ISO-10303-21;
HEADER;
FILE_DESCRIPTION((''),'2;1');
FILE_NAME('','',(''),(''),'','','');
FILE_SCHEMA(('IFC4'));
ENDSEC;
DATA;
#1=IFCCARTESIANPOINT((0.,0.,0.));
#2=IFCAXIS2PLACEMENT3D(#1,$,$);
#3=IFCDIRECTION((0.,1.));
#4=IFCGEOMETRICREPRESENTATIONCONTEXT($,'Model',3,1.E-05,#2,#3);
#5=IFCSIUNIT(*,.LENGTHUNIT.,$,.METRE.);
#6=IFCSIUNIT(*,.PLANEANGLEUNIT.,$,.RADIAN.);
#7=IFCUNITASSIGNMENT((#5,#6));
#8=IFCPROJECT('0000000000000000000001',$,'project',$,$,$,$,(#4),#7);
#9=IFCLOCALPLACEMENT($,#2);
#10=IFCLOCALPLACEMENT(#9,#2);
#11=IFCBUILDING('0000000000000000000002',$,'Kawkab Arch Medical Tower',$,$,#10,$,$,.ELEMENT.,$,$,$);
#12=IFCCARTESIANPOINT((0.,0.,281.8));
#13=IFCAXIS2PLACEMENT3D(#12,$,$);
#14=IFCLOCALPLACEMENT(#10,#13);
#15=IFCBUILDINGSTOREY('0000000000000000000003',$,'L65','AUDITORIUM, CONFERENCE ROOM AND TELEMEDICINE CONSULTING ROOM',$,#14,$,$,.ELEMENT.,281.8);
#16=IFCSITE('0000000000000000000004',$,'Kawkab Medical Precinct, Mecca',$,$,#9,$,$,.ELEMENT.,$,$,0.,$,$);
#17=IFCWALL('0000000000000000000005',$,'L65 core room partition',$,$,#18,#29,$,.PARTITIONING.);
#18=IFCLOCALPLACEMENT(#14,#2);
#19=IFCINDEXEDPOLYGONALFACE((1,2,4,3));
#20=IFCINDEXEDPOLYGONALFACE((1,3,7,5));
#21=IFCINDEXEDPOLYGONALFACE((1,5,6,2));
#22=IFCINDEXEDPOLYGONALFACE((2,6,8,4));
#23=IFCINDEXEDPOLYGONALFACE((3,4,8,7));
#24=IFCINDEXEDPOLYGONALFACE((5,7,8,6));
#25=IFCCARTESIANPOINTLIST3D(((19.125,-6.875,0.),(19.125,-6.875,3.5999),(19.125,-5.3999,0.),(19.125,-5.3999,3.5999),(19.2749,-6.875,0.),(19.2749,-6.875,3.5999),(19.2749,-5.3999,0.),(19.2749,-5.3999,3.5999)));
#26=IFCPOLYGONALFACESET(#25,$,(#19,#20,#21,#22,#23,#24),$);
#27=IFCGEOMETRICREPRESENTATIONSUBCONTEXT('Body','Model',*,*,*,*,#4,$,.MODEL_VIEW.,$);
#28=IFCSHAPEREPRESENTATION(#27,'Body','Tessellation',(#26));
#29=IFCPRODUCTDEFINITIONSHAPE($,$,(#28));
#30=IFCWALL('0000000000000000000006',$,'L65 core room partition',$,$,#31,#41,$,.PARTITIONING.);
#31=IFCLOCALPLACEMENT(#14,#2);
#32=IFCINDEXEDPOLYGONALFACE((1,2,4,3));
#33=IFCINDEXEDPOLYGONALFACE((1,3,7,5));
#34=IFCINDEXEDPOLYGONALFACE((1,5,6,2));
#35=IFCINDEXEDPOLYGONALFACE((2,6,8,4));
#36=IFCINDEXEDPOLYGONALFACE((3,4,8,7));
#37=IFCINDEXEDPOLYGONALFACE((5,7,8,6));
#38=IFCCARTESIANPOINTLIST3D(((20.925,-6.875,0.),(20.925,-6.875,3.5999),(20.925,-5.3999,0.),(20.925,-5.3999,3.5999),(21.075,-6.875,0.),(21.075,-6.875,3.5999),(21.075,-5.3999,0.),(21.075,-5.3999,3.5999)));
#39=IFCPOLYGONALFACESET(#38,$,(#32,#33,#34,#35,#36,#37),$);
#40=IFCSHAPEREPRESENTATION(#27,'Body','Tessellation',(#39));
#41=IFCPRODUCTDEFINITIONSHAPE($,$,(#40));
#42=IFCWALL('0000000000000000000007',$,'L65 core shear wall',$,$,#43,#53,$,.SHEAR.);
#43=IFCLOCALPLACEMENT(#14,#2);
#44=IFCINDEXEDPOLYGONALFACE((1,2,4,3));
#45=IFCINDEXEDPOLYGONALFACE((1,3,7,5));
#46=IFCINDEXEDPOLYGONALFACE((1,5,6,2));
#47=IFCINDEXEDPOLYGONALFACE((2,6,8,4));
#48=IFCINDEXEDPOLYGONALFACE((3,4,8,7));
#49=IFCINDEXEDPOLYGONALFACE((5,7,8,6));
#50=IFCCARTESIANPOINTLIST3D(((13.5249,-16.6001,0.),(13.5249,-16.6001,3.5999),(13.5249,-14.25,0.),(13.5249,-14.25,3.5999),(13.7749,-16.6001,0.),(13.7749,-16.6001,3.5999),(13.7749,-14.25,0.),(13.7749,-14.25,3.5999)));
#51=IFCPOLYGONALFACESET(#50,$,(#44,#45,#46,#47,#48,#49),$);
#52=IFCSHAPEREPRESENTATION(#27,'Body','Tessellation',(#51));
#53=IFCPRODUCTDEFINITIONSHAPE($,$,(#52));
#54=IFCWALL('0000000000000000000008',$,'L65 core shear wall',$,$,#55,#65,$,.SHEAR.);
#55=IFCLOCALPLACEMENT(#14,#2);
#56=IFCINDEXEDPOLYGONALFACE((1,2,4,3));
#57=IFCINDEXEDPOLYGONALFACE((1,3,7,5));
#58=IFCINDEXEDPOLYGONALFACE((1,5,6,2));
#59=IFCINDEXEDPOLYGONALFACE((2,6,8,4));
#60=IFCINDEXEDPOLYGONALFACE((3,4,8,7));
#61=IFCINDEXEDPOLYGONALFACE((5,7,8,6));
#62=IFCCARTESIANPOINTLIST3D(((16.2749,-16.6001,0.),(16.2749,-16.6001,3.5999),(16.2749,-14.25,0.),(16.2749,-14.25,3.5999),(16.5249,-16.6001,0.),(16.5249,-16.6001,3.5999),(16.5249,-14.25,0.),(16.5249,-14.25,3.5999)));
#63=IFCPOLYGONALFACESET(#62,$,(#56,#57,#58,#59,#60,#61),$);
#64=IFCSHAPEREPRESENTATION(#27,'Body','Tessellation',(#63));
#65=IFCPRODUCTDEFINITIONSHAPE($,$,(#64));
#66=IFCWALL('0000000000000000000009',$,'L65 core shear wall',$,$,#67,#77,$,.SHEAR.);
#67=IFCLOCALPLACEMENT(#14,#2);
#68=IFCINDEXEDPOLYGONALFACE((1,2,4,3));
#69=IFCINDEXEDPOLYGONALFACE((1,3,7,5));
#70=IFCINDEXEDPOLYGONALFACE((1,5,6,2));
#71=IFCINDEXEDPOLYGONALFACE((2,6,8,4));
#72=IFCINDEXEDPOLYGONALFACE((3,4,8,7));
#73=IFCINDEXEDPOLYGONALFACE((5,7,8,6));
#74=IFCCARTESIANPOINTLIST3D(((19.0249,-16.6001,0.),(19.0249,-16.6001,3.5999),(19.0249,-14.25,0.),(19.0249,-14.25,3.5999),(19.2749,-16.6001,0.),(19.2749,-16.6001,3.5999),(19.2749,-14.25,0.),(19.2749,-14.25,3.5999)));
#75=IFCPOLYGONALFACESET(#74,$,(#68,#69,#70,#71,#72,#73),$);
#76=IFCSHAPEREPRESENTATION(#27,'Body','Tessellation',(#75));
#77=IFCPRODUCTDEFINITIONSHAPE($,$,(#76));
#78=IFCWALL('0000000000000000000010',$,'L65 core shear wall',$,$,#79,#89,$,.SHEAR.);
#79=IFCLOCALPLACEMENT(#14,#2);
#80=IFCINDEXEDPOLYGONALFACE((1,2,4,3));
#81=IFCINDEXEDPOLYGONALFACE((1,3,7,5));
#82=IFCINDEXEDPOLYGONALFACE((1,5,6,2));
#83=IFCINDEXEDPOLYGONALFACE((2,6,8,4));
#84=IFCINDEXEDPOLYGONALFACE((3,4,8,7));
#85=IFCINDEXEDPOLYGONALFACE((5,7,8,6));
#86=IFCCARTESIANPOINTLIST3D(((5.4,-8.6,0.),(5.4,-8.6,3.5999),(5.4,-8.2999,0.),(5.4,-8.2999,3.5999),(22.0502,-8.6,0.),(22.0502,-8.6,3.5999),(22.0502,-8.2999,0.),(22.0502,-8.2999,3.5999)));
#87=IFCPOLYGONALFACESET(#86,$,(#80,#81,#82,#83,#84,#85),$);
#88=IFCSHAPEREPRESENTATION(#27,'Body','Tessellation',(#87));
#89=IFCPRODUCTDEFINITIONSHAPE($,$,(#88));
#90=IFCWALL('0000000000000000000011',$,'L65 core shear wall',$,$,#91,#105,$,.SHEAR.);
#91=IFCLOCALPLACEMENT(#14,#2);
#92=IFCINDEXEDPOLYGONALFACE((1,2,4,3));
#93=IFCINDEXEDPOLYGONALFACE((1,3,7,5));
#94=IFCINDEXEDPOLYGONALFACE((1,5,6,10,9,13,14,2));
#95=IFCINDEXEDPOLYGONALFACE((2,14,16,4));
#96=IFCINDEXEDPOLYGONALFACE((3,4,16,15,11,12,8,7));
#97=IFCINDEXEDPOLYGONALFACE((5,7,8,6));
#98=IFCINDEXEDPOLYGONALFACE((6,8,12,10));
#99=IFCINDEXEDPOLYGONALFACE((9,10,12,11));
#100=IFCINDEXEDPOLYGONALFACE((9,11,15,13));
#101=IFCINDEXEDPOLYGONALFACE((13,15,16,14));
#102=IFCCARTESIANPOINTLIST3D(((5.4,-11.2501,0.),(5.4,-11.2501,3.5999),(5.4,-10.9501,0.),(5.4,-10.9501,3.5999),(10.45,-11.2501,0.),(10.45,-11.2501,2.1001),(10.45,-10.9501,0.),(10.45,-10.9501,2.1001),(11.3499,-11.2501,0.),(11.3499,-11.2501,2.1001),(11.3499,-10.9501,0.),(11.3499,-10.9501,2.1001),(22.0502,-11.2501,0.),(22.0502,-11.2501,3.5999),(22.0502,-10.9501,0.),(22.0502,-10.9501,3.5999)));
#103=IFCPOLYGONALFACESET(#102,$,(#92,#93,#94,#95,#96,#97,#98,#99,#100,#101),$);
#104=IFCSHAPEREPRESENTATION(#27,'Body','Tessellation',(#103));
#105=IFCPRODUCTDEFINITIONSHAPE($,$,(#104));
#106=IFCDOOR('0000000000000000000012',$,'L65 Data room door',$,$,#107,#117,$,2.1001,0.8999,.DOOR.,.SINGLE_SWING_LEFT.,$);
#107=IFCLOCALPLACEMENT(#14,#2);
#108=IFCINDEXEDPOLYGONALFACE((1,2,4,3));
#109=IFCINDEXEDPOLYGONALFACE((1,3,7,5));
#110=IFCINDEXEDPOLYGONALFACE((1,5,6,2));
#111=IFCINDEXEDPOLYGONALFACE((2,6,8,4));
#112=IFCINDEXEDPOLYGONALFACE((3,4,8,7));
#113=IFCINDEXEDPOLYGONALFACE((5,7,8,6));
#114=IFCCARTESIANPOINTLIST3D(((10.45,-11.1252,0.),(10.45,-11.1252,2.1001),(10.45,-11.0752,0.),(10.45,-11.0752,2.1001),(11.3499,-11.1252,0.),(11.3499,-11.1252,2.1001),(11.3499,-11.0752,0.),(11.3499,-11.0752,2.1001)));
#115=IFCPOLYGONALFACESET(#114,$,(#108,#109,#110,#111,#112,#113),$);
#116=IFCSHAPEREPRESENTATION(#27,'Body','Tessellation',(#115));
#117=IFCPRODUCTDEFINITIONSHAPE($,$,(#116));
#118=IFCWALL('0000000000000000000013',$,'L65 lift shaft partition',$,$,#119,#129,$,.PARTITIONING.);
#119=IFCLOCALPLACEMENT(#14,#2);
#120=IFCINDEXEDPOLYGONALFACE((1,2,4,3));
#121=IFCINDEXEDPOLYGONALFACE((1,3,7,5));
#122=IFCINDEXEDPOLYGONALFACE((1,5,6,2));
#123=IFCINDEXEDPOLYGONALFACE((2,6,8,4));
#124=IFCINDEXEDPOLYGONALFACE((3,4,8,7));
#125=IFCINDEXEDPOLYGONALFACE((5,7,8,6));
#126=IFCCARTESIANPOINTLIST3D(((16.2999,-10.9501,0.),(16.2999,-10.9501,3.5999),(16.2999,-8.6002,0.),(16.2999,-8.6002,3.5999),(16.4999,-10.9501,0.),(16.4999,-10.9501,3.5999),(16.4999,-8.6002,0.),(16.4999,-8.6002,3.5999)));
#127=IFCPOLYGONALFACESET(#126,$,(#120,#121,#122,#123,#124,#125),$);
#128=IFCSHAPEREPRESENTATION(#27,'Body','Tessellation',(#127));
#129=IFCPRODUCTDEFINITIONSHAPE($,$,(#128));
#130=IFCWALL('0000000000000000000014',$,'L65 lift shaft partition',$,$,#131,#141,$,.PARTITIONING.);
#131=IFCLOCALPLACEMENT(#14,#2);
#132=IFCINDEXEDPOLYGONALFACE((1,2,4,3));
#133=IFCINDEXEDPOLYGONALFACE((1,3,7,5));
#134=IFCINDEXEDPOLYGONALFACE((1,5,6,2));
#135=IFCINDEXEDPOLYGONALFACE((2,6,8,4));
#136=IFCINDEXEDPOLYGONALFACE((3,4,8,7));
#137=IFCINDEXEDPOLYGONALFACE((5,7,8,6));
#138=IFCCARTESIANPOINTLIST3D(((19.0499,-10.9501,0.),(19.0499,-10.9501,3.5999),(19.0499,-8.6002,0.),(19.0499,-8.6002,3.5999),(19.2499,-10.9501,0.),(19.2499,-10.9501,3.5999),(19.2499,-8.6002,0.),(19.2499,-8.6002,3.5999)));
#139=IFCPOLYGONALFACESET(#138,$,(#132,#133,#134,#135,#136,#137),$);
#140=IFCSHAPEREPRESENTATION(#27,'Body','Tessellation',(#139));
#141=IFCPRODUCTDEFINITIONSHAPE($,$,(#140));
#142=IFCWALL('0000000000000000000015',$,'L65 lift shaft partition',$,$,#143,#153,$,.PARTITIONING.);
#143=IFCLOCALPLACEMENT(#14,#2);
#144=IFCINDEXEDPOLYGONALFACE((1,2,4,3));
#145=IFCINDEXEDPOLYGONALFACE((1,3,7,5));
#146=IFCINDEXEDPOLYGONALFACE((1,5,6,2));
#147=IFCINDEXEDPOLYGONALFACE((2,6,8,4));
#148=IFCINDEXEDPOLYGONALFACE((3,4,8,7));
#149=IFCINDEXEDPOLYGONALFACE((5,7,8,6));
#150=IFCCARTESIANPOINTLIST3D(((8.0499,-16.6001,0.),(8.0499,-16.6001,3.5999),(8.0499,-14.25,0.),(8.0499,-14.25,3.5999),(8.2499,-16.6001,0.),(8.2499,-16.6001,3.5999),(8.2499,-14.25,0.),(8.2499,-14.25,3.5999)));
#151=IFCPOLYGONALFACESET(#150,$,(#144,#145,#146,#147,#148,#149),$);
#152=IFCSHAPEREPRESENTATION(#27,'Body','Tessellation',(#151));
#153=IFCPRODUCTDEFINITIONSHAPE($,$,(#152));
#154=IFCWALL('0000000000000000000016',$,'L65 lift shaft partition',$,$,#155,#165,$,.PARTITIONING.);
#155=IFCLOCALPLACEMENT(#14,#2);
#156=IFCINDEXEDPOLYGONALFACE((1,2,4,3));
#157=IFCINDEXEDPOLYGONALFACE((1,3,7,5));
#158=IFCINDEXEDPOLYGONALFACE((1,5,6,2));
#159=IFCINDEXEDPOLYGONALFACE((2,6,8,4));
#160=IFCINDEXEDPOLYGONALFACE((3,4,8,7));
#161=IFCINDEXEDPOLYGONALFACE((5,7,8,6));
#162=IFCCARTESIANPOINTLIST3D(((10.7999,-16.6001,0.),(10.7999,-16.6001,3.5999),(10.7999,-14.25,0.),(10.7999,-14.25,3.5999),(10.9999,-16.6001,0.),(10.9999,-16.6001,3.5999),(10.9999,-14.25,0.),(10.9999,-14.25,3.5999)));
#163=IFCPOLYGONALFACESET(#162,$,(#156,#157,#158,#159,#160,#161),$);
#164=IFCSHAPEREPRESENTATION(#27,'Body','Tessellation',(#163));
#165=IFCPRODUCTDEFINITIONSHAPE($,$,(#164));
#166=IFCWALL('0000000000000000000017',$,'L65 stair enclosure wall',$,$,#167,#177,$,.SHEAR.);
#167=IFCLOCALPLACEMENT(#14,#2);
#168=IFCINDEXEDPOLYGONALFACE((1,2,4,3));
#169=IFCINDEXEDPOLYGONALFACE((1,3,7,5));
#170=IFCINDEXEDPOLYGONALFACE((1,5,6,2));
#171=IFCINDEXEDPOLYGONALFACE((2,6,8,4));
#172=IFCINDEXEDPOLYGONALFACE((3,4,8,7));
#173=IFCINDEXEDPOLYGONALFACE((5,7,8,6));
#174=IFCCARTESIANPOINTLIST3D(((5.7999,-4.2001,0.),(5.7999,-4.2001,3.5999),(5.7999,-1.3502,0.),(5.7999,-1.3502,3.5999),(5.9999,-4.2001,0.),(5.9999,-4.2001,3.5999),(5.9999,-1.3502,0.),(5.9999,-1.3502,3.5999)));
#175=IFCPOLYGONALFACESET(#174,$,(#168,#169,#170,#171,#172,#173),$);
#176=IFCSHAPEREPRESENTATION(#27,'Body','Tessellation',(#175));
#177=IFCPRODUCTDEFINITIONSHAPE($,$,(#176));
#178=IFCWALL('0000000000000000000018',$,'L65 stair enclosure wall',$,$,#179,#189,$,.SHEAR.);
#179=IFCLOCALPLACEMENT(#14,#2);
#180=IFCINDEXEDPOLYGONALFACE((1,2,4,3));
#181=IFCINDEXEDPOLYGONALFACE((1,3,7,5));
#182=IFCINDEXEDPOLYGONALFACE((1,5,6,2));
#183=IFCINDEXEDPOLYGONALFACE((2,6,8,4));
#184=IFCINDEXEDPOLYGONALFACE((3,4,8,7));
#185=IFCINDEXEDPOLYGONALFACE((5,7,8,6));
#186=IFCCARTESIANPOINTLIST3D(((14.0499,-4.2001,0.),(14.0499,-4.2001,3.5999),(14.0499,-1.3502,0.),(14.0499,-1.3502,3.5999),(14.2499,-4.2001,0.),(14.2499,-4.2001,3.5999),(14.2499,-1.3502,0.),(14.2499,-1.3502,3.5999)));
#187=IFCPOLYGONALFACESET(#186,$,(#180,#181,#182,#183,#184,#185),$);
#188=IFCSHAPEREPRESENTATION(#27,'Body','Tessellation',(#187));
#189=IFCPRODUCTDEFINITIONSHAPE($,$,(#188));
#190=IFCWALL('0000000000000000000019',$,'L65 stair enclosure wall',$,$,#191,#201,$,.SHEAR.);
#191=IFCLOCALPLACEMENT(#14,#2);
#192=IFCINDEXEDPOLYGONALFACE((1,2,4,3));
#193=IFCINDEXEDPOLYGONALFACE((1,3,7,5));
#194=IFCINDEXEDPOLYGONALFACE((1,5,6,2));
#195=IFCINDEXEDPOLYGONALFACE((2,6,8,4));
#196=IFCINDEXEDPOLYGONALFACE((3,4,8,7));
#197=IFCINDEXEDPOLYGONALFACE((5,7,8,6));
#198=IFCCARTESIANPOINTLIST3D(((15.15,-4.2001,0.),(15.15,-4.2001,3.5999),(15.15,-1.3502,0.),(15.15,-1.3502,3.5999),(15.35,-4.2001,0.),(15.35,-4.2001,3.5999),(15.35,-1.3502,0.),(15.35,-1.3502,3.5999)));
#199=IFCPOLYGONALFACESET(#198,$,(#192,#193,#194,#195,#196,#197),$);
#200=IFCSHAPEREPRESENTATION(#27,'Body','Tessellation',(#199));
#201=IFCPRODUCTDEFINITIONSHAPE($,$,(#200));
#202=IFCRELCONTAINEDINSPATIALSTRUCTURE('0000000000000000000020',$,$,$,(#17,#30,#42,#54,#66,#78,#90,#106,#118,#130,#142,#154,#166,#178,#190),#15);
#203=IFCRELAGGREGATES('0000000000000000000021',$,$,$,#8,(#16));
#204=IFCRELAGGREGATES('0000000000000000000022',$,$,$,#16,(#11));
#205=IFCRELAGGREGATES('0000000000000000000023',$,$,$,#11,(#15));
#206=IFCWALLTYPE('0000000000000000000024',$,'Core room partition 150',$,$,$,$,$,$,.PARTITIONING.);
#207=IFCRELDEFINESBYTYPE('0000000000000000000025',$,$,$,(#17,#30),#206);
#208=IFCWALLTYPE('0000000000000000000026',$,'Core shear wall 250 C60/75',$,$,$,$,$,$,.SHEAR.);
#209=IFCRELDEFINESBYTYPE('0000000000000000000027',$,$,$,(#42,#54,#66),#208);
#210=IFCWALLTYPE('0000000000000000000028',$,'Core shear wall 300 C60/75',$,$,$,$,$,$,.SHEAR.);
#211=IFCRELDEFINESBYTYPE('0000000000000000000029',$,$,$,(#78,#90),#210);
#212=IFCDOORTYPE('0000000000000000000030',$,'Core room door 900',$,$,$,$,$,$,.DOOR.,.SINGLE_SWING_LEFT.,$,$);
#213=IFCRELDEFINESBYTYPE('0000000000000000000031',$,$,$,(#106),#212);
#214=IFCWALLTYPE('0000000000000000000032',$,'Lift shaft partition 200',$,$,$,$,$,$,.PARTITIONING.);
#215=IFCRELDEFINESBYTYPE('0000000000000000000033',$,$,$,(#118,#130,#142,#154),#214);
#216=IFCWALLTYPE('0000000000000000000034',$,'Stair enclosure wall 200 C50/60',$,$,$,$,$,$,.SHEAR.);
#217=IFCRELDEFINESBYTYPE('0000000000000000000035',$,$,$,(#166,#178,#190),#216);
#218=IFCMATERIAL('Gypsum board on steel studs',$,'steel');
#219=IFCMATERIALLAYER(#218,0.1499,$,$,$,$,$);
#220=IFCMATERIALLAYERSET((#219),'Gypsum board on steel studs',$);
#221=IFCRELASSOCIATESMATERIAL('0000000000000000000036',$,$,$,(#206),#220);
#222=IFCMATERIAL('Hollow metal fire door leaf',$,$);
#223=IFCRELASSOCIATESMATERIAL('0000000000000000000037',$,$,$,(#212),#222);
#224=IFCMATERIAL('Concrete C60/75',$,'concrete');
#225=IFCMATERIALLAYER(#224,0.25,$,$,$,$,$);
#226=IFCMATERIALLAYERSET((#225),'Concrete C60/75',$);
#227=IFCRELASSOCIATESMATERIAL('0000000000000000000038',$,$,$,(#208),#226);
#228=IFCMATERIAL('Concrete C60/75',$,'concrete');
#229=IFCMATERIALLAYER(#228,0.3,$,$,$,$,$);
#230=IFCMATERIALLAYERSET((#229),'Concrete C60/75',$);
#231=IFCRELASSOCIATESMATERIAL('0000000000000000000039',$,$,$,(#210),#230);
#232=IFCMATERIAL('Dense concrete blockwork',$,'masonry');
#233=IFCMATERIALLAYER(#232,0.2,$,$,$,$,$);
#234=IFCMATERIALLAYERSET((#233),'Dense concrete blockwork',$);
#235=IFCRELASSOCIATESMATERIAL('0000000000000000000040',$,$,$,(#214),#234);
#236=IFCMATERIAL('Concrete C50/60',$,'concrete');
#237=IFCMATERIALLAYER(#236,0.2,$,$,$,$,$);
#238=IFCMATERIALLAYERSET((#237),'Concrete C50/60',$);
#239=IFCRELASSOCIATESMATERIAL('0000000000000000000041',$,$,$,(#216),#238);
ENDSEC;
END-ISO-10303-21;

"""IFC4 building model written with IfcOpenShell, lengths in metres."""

from ifc_helpers import new_model, si_unit, direction, frame, frame_2d, origin, place, context, subcontext, project, spatial, rectangle, extrude, material, layer, layer_set, type_object, element, fill, save


model = new_model("IFC4")

# Units and contexts
model_context = context("Model", 3, precision=1e-05, world=origin(), true_north=direction((0.0, 1.0)))
body_context = subcontext(model_context, "Body", "Model", "MODEL_VIEW")
ifc_project = project(units=[si_unit("LENGTHUNIT", "METRE"), si_unit("PLANEANGLEUNIT", "RADIAN")], contexts=[model_context])

# Site, building, storey
site_placement = place(None, origin())
site = spatial("IfcSite", under=ifc_project, at=site_placement, Name="Kawkab Medical Precinct, Mecca", CompositionType="ELEMENT", RefElevation=0.0)
building_placement = place(site_placement, origin())
building = spatial("IfcBuilding", under=site, at=building_placement, Name="Kawkab Arch Medical Tower", CompositionType="ELEMENT")
storey_placement = place(building_placement, frame((0.0, 0.0, 281.8)))
storey = spatial("IfcBuildingStorey", under=building, at=storey_placement, Name="L65", Description="AUDITORIUM, CONFERENCE ROOM AND TELEMEDICINE CONSULTING ROOM", CompositionType="ELEMENT", Elevation=281.8)

# Shared definitions
ifc_material_1 = material(Name="Gypsum board on steel studs", Category="steel")
ifc_layer_1 = layer(ifc_material_1, 0.1499)
ifc_layer_set_1 = layer_set([ifc_layer_1], Name="Gypsum board on steel studs")
wall_type_1 = type_object("IfcWallType", Name="Core room partition 150", PredefinedType="PARTITIONING", material=ifc_layer_set_1)
ifc_material_2 = material(Name="Hollow metal fire door leaf")
door_type = type_object("IfcDoorType", Name="Core room door 900", OperationType="SINGLE_SWING_LEFT", PredefinedType="DOOR", material=ifc_material_2)

# Walls
for number, where, z_axis, x_axis, name in (
    (1, (19.2, -6.875, 0.0), (0.0, 0.0, 1.0), (0.0, 1.0, 0.0), "L65 core room partition"),
    (2, (21.0, -6.875, 0.0), (0.0, 0.0, 1.0), (0.0, 1.0, 0.0), "L65 core room partition"),
):
    element("IfcWall", number, at=place(storey_placement, frame(where, z_axis=z_axis, x_axis=x_axis)), inside=storey, type_object=wall_type_1, Name=name, PredefinedType="PARTITIONING", context=body_context, shape_type="SweptSolid", body=[
        extrude(rectangle(XDim=1.4751, YDim=0.1499, at=frame_2d((0.7375, 0.0))), origin(), (0.0, 0.0, 1.0), 3.5999),
    ])
ifc_material_3 = material(Name="Concrete C60/75", Category="concrete")
ifc_layer_2 = layer(ifc_material_3, 0.25)
ifc_layer_set_2 = layer_set([ifc_layer_2], Name="Concrete C60/75")
wall_type_2 = type_object("IfcWallType", Name="Core shear wall 250 C60/75", PredefinedType="SHEAR", material=ifc_layer_set_2)
for number, where, z_axis, x_axis, name in (
    (3, (13.6499, -16.6001, 0.0), (0.0, 0.0, 1.0), (0.0, 1.0, 0.0), "L65 core shear wall"),
    (4, (16.3999, -16.6001, 0.0), (0.0, 0.0, 1.0), (0.0, 1.0, 0.0), "L65 core shear wall"),
    (5, (19.1499, -16.6001, 0.0), (0.0, 0.0, 1.0), (0.0, 1.0, 0.0), "L65 core shear wall"),
):
    element("IfcWall", number, at=place(storey_placement, frame(where, z_axis=z_axis, x_axis=x_axis)), inside=storey, type_object=wall_type_2, Name=name, PredefinedType="SHEAR", context=body_context, shape_type="SweptSolid", body=[
        extrude(rectangle(XDim=2.3501, YDim=0.25, at=frame_2d((1.175, 0.0))), origin(), (0.0, 0.0, 1.0), 3.5999),
    ])
ifc_material_4 = material(Name="Concrete C60/75", Category="concrete")
ifc_layer_3 = layer(ifc_material_4, 0.3)
ifc_layer_set_3 = layer_set([ifc_layer_3], Name="Concrete C60/75")
wall_type_3 = type_object("IfcWallType", Name="Core shear wall 300 C60/75", PredefinedType="SHEAR", material=ifc_layer_set_3)
wall_1_placement = place(storey_placement, frame((5.3999, -8.45, 0.0), z_axis=(0.0, 0.0, 1.0), x_axis=(1.0, 0.0, 0.0)))
element("IfcWall", 6, at=wall_1_placement, inside=storey, type_object=wall_type_3, Name="L65 core shear wall", PredefinedType="SHEAR", context=body_context, shape_type="SweptSolid", body=[
    extrude(rectangle(XDim=16.6501, YDim=0.3, at=frame_2d((8.3252, 0.0))), origin(), (0.0, 0.0, 1.0), 3.5999),
])

# Wall, opening, door
wall_2_placement = place(storey_placement, frame((5.3999, -11.1001, 0.0), z_axis=(0.0, 0.0, 1.0), x_axis=(1.0, 0.0, 0.0)))
wall_2 = element("IfcWall", 7, at=wall_2_placement, inside=storey, type_object=wall_type_3, Name="L65 core shear wall", PredefinedType="SHEAR", context=body_context, shape_type="SweptSolid", body=[
    extrude(rectangle(XDim=16.6501, YDim=0.3, at=frame_2d((8.3252, 0.0))), origin(), (0.0, 0.0, 1.0), 3.5999),
])
opening_1_placement = place(wall_2_placement, frame((5.05, 0.0, 0.0)))
opening_1 = element("IfcOpeningElement", 8, at=opening_1_placement, cuts=wall_2, PredefinedType="OPENING", context=body_context, shape_type="SweptSolid", body=[
    extrude(rectangle(XDim=0.8999, YDim=2.1001, at=frame_2d((0.45, 1.05))), frame((0.0, 0.1599, 0.0), z_axis=(0.0, -1.0, 0.0), x_axis=(1.0, 0.0, 0.0)), (0.0, 0.0, 1.0), 0.3201),
])
door_1_placement = place(opening_1_placement, origin())
door_1 = element("IfcDoor", 9, at=door_1_placement, inside=storey, type_object=door_type, Name="L65 Data room door", OperationType="SINGLE_SWING_LEFT", OverallHeight=2.1001, OverallWidth=0.8999, PredefinedType="DOOR", context=body_context, shape_type="SweptSolid", body=[
    extrude(rectangle(XDim=0.8999, YDim=2.1001, at=frame_2d((0.45, 1.05))), frame((0.0, 0.0249, 0.0), z_axis=(0.0, -1.0, 0.0), x_axis=(1.0, 0.0, 0.0)), (0.0, 0.0, 1.0), 0.05),
])
fill(opening_1, door_1)

# Walls
ifc_material_5 = material(Name="Dense concrete blockwork", Category="masonry")
ifc_layer_4 = layer(ifc_material_5, 0.2)
ifc_layer_set_4 = layer_set([ifc_layer_4], Name="Dense concrete blockwork")
wall_type_4 = type_object("IfcWallType", Name="Lift shaft partition 200", PredefinedType="PARTITIONING", material=ifc_layer_set_4)
for number, where, z_axis, x_axis, name in (
    (10, (16.3999, -10.95, 0.0), (0.0, 0.0, 1.0), (0.0, 1.0, 0.0), "L65 lift shaft partition"),
    (11, (19.1499, -10.95, 0.0), (0.0, 0.0, 1.0), (0.0, 1.0, 0.0), "L65 lift shaft partition"),
):
    element("IfcWall", number, at=place(storey_placement, frame(where, z_axis=z_axis, x_axis=x_axis)), inside=storey, type_object=wall_type_4, Name=name, PredefinedType="PARTITIONING", context=body_context, shape_type="SweptSolid", body=[
        extrude(rectangle(XDim=2.3499, YDim=0.2, at=frame_2d((1.1748, 0.0))), origin(), (0.0, 0.0, 1.0), 3.5999),
    ])
for number, where, z_axis, x_axis, name in (
    (12, (8.1499, -16.6001, 0.0), (0.0, 0.0, 1.0), (0.0, 1.0, 0.0), "L65 lift shaft partition"),
    (13, (10.8999, -16.6001, 0.0), (0.0, 0.0, 1.0), (0.0, 1.0, 0.0), "L65 lift shaft partition"),
):
    element("IfcWall", number, at=place(storey_placement, frame(where, z_axis=z_axis, x_axis=x_axis)), inside=storey, type_object=wall_type_4, Name=name, PredefinedType="PARTITIONING", context=body_context, shape_type="SweptSolid", body=[
        extrude(rectangle(XDim=2.3501, YDim=0.2, at=frame_2d((1.175, 0.0))), origin(), (0.0, 0.0, 1.0), 3.5999),
    ])
ifc_material_6 = material(Name="Concrete C50/60", Category="concrete")
ifc_layer_5 = layer(ifc_material_6, 0.2)
ifc_layer_set_5 = layer_set([ifc_layer_5], Name="Concrete C50/60")
wall_type_5 = type_object("IfcWallType", Name="Stair enclosure wall 200 C50/60", PredefinedType="SHEAR", material=ifc_layer_set_5)
for number, where, z_axis, x_axis, name in (
    (14, (5.8999, -4.2, 0.0), (0.0, 0.0, 1.0), (0.0, 1.0, 0.0), "L65 stair enclosure wall"),
    (15, (14.1499, -4.2, 0.0), (0.0, 0.0, 1.0), (0.0, 1.0, 0.0), "L65 stair enclosure wall"),
    (16, (15.25, -4.2, 0.0), (0.0, 0.0, 1.0), (0.0, 1.0, 0.0), "L65 stair enclosure wall"),
):
    element("IfcWall", number, at=place(storey_placement, frame(where, z_axis=z_axis, x_axis=x_axis)), inside=storey, type_object=wall_type_5, Name=name, PredefinedType="SHEAR", context=body_context, shape_type="SweptSolid", body=[
        extrude(rectangle(XDim=2.8499, YDim=0.2, at=frame_2d((1.4248, 0.0))), origin(), (0.0, 0.0, 1.0), 3.5999),
    ])

save(model, "model.ifc")
